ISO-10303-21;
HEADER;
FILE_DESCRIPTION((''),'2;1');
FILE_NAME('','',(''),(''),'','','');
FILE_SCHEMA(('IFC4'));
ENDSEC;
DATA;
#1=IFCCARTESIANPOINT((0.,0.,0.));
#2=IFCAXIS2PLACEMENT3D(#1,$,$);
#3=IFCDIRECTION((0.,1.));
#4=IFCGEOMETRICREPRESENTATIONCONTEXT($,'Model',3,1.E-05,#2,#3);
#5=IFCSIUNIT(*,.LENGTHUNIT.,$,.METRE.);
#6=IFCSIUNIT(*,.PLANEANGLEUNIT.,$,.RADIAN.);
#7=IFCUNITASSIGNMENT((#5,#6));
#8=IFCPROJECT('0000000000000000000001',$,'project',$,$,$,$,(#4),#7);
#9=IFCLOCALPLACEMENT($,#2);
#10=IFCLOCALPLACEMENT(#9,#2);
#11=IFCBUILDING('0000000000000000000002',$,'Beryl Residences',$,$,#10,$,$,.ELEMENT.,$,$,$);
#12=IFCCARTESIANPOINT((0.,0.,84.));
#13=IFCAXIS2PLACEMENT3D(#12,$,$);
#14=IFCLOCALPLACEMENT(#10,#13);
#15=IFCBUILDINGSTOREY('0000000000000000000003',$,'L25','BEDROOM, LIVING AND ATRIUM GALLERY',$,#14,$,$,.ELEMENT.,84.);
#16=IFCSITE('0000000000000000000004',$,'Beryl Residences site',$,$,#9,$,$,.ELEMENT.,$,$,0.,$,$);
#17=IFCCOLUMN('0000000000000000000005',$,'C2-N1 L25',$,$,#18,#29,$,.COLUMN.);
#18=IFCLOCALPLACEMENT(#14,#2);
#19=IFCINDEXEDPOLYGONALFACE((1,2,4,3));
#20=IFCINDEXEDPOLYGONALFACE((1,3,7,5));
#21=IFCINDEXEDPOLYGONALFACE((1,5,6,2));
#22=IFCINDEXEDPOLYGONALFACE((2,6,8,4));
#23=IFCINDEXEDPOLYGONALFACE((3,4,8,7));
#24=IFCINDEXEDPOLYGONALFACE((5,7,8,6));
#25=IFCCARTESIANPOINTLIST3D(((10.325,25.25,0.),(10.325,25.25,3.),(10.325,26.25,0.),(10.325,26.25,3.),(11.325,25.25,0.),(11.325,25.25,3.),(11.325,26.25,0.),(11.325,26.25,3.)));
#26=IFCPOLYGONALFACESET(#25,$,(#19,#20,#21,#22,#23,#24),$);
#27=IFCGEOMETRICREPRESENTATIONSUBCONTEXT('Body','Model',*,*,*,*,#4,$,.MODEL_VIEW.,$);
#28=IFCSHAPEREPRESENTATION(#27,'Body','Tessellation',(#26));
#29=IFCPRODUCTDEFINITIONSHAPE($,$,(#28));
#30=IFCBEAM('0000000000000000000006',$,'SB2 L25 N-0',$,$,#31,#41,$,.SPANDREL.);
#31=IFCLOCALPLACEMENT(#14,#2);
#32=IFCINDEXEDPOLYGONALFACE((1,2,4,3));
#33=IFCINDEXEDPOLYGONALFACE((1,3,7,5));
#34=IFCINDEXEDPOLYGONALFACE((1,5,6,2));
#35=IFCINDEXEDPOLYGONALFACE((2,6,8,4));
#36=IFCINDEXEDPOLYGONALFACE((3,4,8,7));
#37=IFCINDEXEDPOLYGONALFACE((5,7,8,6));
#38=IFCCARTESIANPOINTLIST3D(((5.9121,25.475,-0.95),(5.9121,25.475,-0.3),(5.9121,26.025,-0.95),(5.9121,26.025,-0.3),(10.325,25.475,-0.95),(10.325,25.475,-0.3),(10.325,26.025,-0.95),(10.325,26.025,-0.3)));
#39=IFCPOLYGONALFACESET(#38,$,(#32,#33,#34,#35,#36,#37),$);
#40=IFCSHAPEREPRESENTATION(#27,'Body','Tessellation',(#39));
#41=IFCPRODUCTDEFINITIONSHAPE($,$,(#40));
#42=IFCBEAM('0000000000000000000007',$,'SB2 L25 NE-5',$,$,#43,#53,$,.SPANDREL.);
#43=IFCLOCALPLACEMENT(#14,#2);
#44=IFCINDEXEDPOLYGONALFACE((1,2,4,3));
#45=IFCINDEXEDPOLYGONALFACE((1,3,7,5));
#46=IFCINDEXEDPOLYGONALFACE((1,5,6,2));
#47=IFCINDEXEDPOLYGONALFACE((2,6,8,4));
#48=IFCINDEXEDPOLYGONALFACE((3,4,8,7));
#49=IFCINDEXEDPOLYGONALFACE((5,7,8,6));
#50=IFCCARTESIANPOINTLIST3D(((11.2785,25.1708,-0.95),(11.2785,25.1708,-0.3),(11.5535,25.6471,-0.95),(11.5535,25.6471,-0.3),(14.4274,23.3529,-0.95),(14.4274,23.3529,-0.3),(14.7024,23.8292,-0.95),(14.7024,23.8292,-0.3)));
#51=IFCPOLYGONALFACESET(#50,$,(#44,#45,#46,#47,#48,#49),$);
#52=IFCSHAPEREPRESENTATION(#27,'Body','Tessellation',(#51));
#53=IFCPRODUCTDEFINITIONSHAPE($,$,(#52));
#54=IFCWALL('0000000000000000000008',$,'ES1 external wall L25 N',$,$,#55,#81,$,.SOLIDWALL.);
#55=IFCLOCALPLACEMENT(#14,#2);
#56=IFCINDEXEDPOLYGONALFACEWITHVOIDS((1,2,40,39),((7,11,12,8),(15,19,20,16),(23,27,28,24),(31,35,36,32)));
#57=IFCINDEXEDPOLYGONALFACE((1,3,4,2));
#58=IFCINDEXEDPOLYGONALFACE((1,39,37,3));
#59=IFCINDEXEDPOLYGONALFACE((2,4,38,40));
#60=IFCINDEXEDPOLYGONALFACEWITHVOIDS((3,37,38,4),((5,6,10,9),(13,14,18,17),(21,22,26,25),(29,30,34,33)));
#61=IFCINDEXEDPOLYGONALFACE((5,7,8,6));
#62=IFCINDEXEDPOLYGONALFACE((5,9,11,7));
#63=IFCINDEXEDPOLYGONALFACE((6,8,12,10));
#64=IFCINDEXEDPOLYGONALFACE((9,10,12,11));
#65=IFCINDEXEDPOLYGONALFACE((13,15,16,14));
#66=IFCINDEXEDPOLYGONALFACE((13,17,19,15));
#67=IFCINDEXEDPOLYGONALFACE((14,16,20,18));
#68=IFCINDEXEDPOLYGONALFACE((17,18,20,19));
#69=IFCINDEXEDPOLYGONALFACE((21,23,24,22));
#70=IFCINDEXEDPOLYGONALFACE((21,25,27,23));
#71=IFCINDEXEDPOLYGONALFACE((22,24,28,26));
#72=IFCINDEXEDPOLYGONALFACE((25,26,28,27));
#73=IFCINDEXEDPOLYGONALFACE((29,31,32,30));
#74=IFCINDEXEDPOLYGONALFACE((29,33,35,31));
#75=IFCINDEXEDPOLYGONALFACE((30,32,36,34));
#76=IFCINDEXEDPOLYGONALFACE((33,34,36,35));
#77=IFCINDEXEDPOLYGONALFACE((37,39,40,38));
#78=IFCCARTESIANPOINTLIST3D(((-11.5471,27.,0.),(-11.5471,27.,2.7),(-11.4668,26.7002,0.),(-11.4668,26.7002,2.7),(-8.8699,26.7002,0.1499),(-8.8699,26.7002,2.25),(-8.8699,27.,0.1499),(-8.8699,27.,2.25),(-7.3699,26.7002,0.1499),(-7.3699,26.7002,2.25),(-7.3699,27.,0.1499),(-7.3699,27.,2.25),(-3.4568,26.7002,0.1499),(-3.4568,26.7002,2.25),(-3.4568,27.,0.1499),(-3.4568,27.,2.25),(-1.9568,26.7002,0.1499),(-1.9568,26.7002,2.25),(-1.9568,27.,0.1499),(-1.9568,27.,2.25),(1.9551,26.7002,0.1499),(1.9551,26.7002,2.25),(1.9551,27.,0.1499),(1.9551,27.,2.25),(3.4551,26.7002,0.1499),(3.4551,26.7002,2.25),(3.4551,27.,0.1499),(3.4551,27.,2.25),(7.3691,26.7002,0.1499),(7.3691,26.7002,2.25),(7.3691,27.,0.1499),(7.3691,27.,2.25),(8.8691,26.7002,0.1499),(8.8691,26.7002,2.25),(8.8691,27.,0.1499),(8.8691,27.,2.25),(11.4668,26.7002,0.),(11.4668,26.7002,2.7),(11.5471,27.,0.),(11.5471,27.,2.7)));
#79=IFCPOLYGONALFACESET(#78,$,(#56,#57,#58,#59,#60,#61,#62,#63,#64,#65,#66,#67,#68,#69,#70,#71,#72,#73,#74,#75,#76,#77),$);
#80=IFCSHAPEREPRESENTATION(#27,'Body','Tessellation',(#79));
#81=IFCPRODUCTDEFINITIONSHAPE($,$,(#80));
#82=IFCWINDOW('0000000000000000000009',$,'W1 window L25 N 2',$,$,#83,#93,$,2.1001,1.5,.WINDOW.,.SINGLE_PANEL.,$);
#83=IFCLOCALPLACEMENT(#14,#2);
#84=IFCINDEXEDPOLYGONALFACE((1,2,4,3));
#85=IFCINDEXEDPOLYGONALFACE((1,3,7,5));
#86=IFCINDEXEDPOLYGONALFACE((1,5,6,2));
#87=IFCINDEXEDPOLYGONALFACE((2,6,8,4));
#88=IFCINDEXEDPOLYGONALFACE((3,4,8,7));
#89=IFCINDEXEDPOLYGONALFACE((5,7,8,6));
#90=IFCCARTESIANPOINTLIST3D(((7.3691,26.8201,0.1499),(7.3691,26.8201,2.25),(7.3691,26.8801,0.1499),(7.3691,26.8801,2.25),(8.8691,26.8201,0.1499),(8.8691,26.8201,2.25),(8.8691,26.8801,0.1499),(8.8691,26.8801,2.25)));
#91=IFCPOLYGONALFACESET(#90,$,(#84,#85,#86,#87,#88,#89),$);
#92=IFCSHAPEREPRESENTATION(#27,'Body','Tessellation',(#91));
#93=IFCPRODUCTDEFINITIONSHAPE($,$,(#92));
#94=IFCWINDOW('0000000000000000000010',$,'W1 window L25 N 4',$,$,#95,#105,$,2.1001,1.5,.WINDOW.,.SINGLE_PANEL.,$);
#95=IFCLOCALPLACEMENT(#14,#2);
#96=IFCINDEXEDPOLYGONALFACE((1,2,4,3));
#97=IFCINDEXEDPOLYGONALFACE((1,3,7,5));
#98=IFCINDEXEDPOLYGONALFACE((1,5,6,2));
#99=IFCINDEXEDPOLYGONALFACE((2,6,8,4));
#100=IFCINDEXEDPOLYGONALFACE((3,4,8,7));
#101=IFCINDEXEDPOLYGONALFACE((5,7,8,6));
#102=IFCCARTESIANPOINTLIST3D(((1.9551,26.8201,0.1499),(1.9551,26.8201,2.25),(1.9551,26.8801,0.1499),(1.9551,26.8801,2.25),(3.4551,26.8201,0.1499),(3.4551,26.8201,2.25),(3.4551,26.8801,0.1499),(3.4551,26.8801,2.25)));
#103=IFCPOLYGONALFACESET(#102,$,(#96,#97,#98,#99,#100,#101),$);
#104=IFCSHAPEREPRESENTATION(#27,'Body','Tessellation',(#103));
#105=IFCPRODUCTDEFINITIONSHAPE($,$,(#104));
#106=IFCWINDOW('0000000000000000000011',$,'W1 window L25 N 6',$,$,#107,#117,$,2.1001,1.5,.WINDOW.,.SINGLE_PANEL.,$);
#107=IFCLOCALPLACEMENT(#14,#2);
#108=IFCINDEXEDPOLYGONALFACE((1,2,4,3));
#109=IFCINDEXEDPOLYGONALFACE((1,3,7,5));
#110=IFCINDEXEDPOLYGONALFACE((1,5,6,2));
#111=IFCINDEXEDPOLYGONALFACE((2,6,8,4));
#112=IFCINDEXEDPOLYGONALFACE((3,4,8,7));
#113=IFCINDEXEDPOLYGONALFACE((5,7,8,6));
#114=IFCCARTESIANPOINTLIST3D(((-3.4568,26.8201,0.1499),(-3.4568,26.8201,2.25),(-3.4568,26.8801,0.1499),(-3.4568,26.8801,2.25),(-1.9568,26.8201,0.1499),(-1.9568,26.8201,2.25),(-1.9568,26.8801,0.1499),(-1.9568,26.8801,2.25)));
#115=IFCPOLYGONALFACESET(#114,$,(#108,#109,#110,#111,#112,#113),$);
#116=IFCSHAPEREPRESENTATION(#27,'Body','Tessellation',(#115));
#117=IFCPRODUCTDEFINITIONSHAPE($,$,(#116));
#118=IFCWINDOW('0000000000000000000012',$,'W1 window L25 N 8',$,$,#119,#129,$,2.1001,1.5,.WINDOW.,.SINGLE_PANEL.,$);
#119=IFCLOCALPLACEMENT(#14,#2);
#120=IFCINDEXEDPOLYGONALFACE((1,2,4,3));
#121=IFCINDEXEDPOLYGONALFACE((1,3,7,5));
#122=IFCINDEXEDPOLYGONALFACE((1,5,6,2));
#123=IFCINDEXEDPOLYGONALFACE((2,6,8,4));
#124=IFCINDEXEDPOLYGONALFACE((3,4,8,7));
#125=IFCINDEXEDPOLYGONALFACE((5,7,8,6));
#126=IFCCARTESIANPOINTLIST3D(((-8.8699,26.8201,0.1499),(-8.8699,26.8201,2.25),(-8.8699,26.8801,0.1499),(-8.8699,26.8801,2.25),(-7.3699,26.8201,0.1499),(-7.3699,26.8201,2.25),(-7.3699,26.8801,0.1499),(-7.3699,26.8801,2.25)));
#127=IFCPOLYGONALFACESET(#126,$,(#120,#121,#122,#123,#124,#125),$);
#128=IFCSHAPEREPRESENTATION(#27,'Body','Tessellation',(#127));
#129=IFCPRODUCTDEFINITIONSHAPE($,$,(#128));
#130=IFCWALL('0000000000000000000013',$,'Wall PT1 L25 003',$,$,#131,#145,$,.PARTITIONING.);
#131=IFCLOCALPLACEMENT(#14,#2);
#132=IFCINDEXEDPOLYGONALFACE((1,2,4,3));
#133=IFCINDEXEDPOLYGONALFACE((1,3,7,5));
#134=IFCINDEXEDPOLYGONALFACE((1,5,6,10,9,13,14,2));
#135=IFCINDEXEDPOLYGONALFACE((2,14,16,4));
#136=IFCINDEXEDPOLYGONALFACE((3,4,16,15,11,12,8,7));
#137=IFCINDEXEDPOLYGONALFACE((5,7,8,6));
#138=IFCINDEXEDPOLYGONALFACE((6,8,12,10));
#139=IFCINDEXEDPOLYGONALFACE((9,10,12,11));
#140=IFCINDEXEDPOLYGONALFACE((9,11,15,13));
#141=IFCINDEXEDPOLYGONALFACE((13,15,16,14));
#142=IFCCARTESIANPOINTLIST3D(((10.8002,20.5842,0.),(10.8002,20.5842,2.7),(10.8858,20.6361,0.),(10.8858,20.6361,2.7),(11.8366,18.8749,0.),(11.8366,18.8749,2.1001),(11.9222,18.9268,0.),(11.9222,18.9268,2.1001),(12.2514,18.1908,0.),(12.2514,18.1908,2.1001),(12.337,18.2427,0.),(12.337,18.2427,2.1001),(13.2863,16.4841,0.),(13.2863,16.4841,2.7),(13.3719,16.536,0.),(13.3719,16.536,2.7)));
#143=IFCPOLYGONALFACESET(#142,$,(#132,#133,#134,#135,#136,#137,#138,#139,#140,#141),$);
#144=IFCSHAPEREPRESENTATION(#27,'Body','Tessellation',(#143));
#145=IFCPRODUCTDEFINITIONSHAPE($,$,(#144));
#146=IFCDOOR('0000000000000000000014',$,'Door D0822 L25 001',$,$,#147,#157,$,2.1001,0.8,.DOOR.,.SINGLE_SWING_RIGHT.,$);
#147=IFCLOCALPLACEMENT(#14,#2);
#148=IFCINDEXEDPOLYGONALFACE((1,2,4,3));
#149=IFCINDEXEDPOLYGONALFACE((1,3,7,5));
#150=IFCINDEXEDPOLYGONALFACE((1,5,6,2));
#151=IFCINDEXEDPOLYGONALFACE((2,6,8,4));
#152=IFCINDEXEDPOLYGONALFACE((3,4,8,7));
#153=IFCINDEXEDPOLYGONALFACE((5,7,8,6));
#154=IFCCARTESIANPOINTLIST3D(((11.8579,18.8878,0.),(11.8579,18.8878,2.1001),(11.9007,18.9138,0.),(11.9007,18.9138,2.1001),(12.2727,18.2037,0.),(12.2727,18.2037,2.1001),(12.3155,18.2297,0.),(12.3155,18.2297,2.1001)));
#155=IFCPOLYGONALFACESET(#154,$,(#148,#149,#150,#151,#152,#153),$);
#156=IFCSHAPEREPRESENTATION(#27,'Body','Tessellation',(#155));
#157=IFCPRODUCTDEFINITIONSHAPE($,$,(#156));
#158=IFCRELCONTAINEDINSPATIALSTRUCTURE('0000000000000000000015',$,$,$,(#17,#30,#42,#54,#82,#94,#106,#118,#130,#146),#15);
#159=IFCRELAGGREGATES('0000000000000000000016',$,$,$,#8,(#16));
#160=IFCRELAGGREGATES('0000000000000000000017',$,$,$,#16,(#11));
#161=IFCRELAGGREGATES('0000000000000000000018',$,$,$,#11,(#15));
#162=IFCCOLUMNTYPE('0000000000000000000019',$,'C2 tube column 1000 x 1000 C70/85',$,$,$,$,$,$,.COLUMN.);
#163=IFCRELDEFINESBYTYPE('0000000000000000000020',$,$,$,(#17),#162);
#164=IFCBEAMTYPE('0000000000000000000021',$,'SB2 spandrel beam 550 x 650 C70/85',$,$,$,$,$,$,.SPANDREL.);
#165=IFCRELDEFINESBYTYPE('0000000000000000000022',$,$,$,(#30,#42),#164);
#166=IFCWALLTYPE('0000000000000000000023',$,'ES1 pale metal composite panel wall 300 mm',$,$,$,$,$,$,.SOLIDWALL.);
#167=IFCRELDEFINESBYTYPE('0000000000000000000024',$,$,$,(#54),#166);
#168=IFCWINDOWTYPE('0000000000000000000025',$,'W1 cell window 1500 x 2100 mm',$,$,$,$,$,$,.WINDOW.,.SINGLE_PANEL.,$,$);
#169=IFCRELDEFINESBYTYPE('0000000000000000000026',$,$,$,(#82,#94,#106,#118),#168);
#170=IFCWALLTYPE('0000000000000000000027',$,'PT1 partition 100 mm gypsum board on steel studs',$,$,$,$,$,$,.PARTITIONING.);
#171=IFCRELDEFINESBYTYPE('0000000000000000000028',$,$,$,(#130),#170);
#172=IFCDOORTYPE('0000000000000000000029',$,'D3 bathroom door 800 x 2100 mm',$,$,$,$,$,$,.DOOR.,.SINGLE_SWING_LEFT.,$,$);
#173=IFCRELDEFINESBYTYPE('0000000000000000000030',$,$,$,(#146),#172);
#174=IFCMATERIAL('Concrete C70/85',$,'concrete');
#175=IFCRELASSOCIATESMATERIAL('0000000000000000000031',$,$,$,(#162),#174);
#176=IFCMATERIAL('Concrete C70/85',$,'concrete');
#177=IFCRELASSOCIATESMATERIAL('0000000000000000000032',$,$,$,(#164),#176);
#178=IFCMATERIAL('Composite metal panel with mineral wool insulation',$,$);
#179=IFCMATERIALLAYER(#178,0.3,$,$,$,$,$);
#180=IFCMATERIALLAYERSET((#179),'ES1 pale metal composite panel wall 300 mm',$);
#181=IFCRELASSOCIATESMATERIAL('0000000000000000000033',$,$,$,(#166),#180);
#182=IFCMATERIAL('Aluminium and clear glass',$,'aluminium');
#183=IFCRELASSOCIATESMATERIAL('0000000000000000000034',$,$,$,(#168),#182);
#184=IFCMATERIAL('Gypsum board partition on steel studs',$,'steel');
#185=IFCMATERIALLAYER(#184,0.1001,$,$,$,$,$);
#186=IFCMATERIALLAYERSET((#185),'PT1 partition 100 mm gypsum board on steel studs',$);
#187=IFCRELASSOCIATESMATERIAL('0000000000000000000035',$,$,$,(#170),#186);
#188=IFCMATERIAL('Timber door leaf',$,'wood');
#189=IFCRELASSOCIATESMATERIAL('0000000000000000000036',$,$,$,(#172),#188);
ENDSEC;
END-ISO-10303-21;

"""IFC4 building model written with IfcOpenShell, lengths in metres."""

from ifc_helpers import new_model, si_unit, direction, frame, frame_2d, origin, origin_2d, place, context, subcontext, project, spatial, polyline, rectangle, outline, extrude, material, layer, layer_set, material_profile, profile_set, type_object, element, fill, save


model = new_model("IFC4")

# Units and contexts
model_context = context("Model", 3, precision=1e-05, world=origin(), true_north=direction((0.0, 1.0)))
body_context = subcontext(model_context, "Body", "Model", "MODEL_VIEW")
ifc_project = project(units=[si_unit("LENGTHUNIT", "METRE"), si_unit("PLANEANGLEUNIT", "RADIAN")], contexts=[model_context])

# Site, building, storey
site_placement = place(None, origin())
site = spatial("IfcSite", under=ifc_project, at=site_placement, Name="Beryl Residences site", CompositionType="ELEMENT", RefElevation=0.0)
building_placement = place(site_placement, origin())
building = spatial("IfcBuilding", under=site, at=building_placement, Name="Beryl Residences", CompositionType="ELEMENT")
storey_placement = place(building_placement, frame((0.0, 0.0, 84.0)))
storey = spatial("IfcBuildingStorey", under=building, at=storey_placement, Name="L25", Description="BEDROOM, LIVING AND ATRIUM GALLERY", CompositionType="ELEMENT", Elevation=84.0)

# Column
ifc_material_1 = material(Name="Concrete C70/85", Category="concrete")
ifc_material_profile_1 = material_profile(ifc_material_1, rectangle(XDim=1.0, YDim=1.0, at=origin_2d()))
ifc_profile_set_1 = profile_set([ifc_material_profile_1], Name="Concrete C70/85")
column_type = type_object("IfcColumnType", Name="C2 tube column 1000 x 1000 C70/85", PredefinedType="COLUMN", material=ifc_profile_set_1)
column_placement = place(storey_placement, frame((10.825, 25.75, 0.0), z_axis=(0.0, 0.0, 1.0), x_axis=(-1.0, 0.0, 0.0)))
element("IfcColumn", 1, at=column_placement, inside=storey, type_object=column_type, Name="C2-N1 L25", PredefinedType="COLUMN", context=body_context, shape_type="SweptSolid", body=[
    extrude(rectangle(XDim=1.0, YDim=1.0, at=origin_2d()), origin(), (0.0, 0.0, 1.0), 3.0),
])

# Beams
ifc_material_2 = material(Name="Concrete C70/85", Category="concrete")
ifc_material_profile_2 = material_profile(ifc_material_2, rectangle(XDim=0.55, YDim=0.6499, at=origin_2d()))
ifc_profile_set_2 = profile_set([ifc_material_profile_2], Name="Concrete C70/85")
beam_type = type_object("IfcBeamType", Name="SB2 spandrel beam 550 x 650 C70/85", PredefinedType="SPANDREL", material=ifc_profile_set_2)
beam_1_placement = place(storey_placement, frame((10.325, 25.75, -0.625), z_axis=(-1.0, 0.0, 0.0), x_axis=(0.0, -1.0, 0.0)))
element("IfcBeam", 2, at=beam_1_placement, inside=storey, type_object=beam_type, Name="SB2 L25 N-0", PredefinedType="SPANDREL", context=body_context, shape_type="SweptSolid", body=[
    extrude(rectangle(XDim=0.55, YDim=0.6499, at=origin_2d()), origin(), (0.0, 0.0, 1.0), 4.4128),
])
beam_2_placement = place(storey_placement, frame((14.5649, 23.5911, -0.625), z_axis=(-0.866045, 0.499967, 0.0), x_axis=(-0.499967, -0.866045, 0.0)))
element("IfcBeam", 3, at=beam_2_placement, inside=storey, type_object=beam_type, Name="SB2 L25 NE-5", PredefinedType="SPANDREL", context=body_context, shape_type="SweptSolid", body=[
    extrude(rectangle(XDim=0.55, YDim=0.6499, at=origin_2d()), origin(), (0.0, 0.0, 1.0), 3.636),
])

# Wall, openings, windows
ifc_material_3 = material(Name="Composite metal panel with mineral wool insulation")
ifc_layer_1 = layer(ifc_material_3, 0.3)
ifc_layer_set_1 = layer_set([ifc_layer_1], Name="ES1 pale metal composite panel wall 300 mm")
wall_type_1 = type_object("IfcWallType", Name="ES1 pale metal composite panel wall 300 mm", PredefinedType="SOLIDWALL", material=ifc_layer_set_1)
wall_1_placement = place(storey_placement, frame((11.5471, 26.8501, 0.0), z_axis=(0.0, 0.0, 1.0), x_axis=(-1.0, 0.0, 0.0)))
wall_1 = element("IfcWall", 4, at=wall_1_placement, inside=storey, type_object=wall_type_1, Name="ES1 external wall L25 N", PredefinedType="SOLIDWALL", context=body_context, shape_type="SweptSolid", body=[
    extrude(outline(polyline([(0.0, -0.1499), (23.0942, -0.1499), (23.0139, 0.1499), (0.0803, 0.1499), (0.0, -0.1499)])), origin(), (0.0, 0.0, 1.0), 2.7),
])
opening_1_placement = place(wall_1_placement, frame((2.678, 0.0, 0.1499)))
opening_1 = element("IfcOpeningElement", 5, at=opening_1_placement, cuts=wall_1, PredefinedType="OPENING", context=body_context, shape_type="SweptSolid", body=[
    extrude(rectangle(XDim=1.5, YDim=2.1001, at=frame_2d((0.75, 1.05))), frame((0.0, 0.1599, 0.0), z_axis=(0.0, -1.0, 0.0), x_axis=(1.0, 0.0, 0.0)), (0.0, 0.0, 1.0), 0.3201),
])
opening_2_placement = place(wall_1_placement, frame((8.092, 0.0, 0.1499)))
opening_2 = element("IfcOpeningElement", 6, at=opening_2_placement, cuts=wall_1, PredefinedType="OPENING", context=body_context, shape_type="SweptSolid", body=[
    extrude(rectangle(XDim=1.5, YDim=2.1001, at=frame_2d((0.75, 1.05))), frame((0.0, 0.1599, 0.0), z_axis=(0.0, -1.0, 0.0), x_axis=(1.0, 0.0, 0.0)), (0.0, 0.0, 1.0), 0.3201),
])
opening_3_placement = place(wall_1_placement, frame((13.5039, 0.0, 0.1499)))
opening_3 = element("IfcOpeningElement", 7, at=opening_3_placement, cuts=wall_1, PredefinedType="OPENING", context=body_context, shape_type="SweptSolid", body=[
    extrude(rectangle(XDim=1.5, YDim=2.1001, at=frame_2d((0.75, 1.05))), frame((0.0, 0.1599, 0.0), z_axis=(0.0, -1.0, 0.0), x_axis=(1.0, 0.0, 0.0)), (0.0, 0.0, 1.0), 0.3201),
])
opening_4_placement = place(wall_1_placement, frame((18.917, 0.0, 0.1499)))
opening_4 = element("IfcOpeningElement", 8, at=opening_4_placement, cuts=wall_1, PredefinedType="OPENING", context=body_context, shape_type="SweptSolid", body=[
    extrude(rectangle(XDim=1.5, YDim=2.1001, at=frame_2d((0.75, 1.05))), frame((0.0, 0.1599, 0.0), z_axis=(0.0, -1.0, 0.0), x_axis=(1.0, 0.0, 0.0)), (0.0, 0.0, 1.0), 0.3201),
])
ifc_material_4 = material(Name="Aluminium and clear glass", Category="aluminium")
window_type = type_object("IfcWindowType", Name="W1 cell window 1500 x 2100 mm", PartitioningType="SINGLE_PANEL", PredefinedType="WINDOW", material=ifc_material_4)
window_1_placement = place(opening_1_placement, origin())
window_1 = element("IfcWindow", 9, at=window_1_placement, inside=storey, type_object=window_type, Name="W1 window L25 N 2", OverallHeight=2.1001, OverallWidth=1.5, PartitioningType="SINGLE_PANEL", PredefinedType="WINDOW", context=body_context, shape_type="SweptSolid", body=[
    extrude(rectangle(XDim=1.5, YDim=2.1001, at=frame_2d((0.75, 1.05))), frame((0.0, 0.03, 0.0), z_axis=(0.0, -1.0, 0.0), x_axis=(1.0, 0.0, 0.0)), (0.0, 0.0, 1.0), 0.0601),
])
fill(opening_1, window_1)
window_2_placement = place(opening_2_placement, origin())
window_2 = element("IfcWindow", 10, at=window_2_placement, inside=storey, type_object=window_type, Name="W1 window L25 N 4", OverallHeight=2.1001, OverallWidth=1.5, PartitioningType="SINGLE_PANEL", PredefinedType="WINDOW", context=body_context, shape_type="SweptSolid", body=[
    extrude(rectangle(XDim=1.5, YDim=2.1001, at=frame_2d((0.75, 1.05))), frame((0.0, 0.03, 0.0), z_axis=(0.0, -1.0, 0.0), x_axis=(1.0, 0.0, 0.0)), (0.0, 0.0, 1.0), 0.0601),
])
fill(opening_2, window_2)
window_3_placement = place(opening_3_placement, origin())
window_3 = element("IfcWindow", 11, at=window_3_placement, inside=storey, type_object=window_type, Name="W1 window L25 N 6", OverallHeight=2.1001, OverallWidth=1.5, PartitioningType="SINGLE_PANEL", PredefinedType="WINDOW", context=body_context, shape_type="SweptSolid", body=[
    extrude(rectangle(XDim=1.5, YDim=2.1001, at=frame_2d((0.75, 1.05))), frame((0.0, 0.03, 0.0), z_axis=(0.0, -1.0, 0.0), x_axis=(1.0, 0.0, 0.0)), (0.0, 0.0, 1.0), 0.0601),
])
fill(opening_3, window_3)
window_4_placement = place(opening_4_placement, origin())
window_4 = element("IfcWindow", 12, at=window_4_placement, inside=storey, type_object=window_type, Name="W1 window L25 N 8", OverallHeight=2.1001, OverallWidth=1.5, PartitioningType="SINGLE_PANEL", PredefinedType="WINDOW", context=body_context, shape_type="SweptSolid", body=[
    extrude(rectangle(XDim=1.5, YDim=2.1001, at=frame_2d((0.75, 1.05))), frame((0.0, 0.03, 0.0), z_axis=(0.0, -1.0, 0.0), x_axis=(1.0, 0.0, 0.0)), (0.0, 0.0, 1.0), 0.0601),
])
fill(opening_4, window_4)

# Wall, opening, door
ifc_material_5 = material(Name="Gypsum board partition on steel studs", Category="steel")
ifc_layer_2 = layer(ifc_material_5, 0.1001)
ifc_layer_set_2 = layer_set([ifc_layer_2], Name="PT1 partition 100 mm gypsum board on steel studs")
wall_type_2 = type_object("IfcWallType", Name="PT1 partition 100 mm gypsum board on steel studs", PredefinedType="PARTITIONING", material=ifc_layer_set_2)
wall_2_placement = place(storey_placement, frame((10.843, 20.6101, 0.0), z_axis=(0.0, 0.0, 1.0), x_axis=(0.518481, -0.855089, 0.0)))
wall_2 = element("IfcWall", 13, at=wall_2_placement, inside=storey, type_object=wall_type_2, Name="Wall PT1 L25 003", PredefinedType="PARTITIONING", context=body_context, shape_type="SweptSolid", body=[
    extrude(rectangle(XDim=4.7949, YDim=0.1001, at=frame_2d((2.3975, 0.0))), origin(), (0.0, 0.0, 1.0), 2.7),
])
opening_5_placement = place(wall_2_placement, frame((1.999, 0.0, 0.0)))
opening_5 = element("IfcOpeningElement", 14, at=opening_5_placement, cuts=wall_2, PredefinedType="OPENING", context=body_context, shape_type="SweptSolid", body=[
    extrude(rectangle(XDim=0.8, YDim=2.1001, at=frame_2d((0.3999, 1.05))), frame((0.0, 0.0601, 0.0), z_axis=(0.0, -1.0, 0.0), x_axis=(1.0, 0.0, 0.0)), (0.0, 0.0, 1.0), 0.1201),
])
ifc_material_6 = material(Name="Timber door leaf", Category="wood")
door_type_1 = type_object("IfcDoorType", Name="D3 bathroom door 800 x 2100 mm", OperationType="SINGLE_SWING_LEFT", PredefinedType="DOOR", material=ifc_material_6)
door_1_placement = place(opening_5_placement, origin())
door_1 = element("IfcDoor", 15, at=door_1_placement, inside=storey, type_object=door_type_1, Name="Door D0822 L25 001", OperationType="SINGLE_SWING_RIGHT", OverallHeight=2.1001, OverallWidth=0.8, PredefinedType="DOOR", context=body_context, shape_type="SweptSolid", body=[
    extrude(rectangle(XDim=0.8, YDim=2.1001, at=frame_2d((0.3999, 1.05))), frame((0.0, 0.0249, 0.0), z_axis=(0.0, -1.0, 0.0), x_axis=(1.0, 0.0, 0.0)), (0.0, 0.0, 1.0), 0.05),
])
fill(opening_5, door_1)

save(model, "model.ifc")
